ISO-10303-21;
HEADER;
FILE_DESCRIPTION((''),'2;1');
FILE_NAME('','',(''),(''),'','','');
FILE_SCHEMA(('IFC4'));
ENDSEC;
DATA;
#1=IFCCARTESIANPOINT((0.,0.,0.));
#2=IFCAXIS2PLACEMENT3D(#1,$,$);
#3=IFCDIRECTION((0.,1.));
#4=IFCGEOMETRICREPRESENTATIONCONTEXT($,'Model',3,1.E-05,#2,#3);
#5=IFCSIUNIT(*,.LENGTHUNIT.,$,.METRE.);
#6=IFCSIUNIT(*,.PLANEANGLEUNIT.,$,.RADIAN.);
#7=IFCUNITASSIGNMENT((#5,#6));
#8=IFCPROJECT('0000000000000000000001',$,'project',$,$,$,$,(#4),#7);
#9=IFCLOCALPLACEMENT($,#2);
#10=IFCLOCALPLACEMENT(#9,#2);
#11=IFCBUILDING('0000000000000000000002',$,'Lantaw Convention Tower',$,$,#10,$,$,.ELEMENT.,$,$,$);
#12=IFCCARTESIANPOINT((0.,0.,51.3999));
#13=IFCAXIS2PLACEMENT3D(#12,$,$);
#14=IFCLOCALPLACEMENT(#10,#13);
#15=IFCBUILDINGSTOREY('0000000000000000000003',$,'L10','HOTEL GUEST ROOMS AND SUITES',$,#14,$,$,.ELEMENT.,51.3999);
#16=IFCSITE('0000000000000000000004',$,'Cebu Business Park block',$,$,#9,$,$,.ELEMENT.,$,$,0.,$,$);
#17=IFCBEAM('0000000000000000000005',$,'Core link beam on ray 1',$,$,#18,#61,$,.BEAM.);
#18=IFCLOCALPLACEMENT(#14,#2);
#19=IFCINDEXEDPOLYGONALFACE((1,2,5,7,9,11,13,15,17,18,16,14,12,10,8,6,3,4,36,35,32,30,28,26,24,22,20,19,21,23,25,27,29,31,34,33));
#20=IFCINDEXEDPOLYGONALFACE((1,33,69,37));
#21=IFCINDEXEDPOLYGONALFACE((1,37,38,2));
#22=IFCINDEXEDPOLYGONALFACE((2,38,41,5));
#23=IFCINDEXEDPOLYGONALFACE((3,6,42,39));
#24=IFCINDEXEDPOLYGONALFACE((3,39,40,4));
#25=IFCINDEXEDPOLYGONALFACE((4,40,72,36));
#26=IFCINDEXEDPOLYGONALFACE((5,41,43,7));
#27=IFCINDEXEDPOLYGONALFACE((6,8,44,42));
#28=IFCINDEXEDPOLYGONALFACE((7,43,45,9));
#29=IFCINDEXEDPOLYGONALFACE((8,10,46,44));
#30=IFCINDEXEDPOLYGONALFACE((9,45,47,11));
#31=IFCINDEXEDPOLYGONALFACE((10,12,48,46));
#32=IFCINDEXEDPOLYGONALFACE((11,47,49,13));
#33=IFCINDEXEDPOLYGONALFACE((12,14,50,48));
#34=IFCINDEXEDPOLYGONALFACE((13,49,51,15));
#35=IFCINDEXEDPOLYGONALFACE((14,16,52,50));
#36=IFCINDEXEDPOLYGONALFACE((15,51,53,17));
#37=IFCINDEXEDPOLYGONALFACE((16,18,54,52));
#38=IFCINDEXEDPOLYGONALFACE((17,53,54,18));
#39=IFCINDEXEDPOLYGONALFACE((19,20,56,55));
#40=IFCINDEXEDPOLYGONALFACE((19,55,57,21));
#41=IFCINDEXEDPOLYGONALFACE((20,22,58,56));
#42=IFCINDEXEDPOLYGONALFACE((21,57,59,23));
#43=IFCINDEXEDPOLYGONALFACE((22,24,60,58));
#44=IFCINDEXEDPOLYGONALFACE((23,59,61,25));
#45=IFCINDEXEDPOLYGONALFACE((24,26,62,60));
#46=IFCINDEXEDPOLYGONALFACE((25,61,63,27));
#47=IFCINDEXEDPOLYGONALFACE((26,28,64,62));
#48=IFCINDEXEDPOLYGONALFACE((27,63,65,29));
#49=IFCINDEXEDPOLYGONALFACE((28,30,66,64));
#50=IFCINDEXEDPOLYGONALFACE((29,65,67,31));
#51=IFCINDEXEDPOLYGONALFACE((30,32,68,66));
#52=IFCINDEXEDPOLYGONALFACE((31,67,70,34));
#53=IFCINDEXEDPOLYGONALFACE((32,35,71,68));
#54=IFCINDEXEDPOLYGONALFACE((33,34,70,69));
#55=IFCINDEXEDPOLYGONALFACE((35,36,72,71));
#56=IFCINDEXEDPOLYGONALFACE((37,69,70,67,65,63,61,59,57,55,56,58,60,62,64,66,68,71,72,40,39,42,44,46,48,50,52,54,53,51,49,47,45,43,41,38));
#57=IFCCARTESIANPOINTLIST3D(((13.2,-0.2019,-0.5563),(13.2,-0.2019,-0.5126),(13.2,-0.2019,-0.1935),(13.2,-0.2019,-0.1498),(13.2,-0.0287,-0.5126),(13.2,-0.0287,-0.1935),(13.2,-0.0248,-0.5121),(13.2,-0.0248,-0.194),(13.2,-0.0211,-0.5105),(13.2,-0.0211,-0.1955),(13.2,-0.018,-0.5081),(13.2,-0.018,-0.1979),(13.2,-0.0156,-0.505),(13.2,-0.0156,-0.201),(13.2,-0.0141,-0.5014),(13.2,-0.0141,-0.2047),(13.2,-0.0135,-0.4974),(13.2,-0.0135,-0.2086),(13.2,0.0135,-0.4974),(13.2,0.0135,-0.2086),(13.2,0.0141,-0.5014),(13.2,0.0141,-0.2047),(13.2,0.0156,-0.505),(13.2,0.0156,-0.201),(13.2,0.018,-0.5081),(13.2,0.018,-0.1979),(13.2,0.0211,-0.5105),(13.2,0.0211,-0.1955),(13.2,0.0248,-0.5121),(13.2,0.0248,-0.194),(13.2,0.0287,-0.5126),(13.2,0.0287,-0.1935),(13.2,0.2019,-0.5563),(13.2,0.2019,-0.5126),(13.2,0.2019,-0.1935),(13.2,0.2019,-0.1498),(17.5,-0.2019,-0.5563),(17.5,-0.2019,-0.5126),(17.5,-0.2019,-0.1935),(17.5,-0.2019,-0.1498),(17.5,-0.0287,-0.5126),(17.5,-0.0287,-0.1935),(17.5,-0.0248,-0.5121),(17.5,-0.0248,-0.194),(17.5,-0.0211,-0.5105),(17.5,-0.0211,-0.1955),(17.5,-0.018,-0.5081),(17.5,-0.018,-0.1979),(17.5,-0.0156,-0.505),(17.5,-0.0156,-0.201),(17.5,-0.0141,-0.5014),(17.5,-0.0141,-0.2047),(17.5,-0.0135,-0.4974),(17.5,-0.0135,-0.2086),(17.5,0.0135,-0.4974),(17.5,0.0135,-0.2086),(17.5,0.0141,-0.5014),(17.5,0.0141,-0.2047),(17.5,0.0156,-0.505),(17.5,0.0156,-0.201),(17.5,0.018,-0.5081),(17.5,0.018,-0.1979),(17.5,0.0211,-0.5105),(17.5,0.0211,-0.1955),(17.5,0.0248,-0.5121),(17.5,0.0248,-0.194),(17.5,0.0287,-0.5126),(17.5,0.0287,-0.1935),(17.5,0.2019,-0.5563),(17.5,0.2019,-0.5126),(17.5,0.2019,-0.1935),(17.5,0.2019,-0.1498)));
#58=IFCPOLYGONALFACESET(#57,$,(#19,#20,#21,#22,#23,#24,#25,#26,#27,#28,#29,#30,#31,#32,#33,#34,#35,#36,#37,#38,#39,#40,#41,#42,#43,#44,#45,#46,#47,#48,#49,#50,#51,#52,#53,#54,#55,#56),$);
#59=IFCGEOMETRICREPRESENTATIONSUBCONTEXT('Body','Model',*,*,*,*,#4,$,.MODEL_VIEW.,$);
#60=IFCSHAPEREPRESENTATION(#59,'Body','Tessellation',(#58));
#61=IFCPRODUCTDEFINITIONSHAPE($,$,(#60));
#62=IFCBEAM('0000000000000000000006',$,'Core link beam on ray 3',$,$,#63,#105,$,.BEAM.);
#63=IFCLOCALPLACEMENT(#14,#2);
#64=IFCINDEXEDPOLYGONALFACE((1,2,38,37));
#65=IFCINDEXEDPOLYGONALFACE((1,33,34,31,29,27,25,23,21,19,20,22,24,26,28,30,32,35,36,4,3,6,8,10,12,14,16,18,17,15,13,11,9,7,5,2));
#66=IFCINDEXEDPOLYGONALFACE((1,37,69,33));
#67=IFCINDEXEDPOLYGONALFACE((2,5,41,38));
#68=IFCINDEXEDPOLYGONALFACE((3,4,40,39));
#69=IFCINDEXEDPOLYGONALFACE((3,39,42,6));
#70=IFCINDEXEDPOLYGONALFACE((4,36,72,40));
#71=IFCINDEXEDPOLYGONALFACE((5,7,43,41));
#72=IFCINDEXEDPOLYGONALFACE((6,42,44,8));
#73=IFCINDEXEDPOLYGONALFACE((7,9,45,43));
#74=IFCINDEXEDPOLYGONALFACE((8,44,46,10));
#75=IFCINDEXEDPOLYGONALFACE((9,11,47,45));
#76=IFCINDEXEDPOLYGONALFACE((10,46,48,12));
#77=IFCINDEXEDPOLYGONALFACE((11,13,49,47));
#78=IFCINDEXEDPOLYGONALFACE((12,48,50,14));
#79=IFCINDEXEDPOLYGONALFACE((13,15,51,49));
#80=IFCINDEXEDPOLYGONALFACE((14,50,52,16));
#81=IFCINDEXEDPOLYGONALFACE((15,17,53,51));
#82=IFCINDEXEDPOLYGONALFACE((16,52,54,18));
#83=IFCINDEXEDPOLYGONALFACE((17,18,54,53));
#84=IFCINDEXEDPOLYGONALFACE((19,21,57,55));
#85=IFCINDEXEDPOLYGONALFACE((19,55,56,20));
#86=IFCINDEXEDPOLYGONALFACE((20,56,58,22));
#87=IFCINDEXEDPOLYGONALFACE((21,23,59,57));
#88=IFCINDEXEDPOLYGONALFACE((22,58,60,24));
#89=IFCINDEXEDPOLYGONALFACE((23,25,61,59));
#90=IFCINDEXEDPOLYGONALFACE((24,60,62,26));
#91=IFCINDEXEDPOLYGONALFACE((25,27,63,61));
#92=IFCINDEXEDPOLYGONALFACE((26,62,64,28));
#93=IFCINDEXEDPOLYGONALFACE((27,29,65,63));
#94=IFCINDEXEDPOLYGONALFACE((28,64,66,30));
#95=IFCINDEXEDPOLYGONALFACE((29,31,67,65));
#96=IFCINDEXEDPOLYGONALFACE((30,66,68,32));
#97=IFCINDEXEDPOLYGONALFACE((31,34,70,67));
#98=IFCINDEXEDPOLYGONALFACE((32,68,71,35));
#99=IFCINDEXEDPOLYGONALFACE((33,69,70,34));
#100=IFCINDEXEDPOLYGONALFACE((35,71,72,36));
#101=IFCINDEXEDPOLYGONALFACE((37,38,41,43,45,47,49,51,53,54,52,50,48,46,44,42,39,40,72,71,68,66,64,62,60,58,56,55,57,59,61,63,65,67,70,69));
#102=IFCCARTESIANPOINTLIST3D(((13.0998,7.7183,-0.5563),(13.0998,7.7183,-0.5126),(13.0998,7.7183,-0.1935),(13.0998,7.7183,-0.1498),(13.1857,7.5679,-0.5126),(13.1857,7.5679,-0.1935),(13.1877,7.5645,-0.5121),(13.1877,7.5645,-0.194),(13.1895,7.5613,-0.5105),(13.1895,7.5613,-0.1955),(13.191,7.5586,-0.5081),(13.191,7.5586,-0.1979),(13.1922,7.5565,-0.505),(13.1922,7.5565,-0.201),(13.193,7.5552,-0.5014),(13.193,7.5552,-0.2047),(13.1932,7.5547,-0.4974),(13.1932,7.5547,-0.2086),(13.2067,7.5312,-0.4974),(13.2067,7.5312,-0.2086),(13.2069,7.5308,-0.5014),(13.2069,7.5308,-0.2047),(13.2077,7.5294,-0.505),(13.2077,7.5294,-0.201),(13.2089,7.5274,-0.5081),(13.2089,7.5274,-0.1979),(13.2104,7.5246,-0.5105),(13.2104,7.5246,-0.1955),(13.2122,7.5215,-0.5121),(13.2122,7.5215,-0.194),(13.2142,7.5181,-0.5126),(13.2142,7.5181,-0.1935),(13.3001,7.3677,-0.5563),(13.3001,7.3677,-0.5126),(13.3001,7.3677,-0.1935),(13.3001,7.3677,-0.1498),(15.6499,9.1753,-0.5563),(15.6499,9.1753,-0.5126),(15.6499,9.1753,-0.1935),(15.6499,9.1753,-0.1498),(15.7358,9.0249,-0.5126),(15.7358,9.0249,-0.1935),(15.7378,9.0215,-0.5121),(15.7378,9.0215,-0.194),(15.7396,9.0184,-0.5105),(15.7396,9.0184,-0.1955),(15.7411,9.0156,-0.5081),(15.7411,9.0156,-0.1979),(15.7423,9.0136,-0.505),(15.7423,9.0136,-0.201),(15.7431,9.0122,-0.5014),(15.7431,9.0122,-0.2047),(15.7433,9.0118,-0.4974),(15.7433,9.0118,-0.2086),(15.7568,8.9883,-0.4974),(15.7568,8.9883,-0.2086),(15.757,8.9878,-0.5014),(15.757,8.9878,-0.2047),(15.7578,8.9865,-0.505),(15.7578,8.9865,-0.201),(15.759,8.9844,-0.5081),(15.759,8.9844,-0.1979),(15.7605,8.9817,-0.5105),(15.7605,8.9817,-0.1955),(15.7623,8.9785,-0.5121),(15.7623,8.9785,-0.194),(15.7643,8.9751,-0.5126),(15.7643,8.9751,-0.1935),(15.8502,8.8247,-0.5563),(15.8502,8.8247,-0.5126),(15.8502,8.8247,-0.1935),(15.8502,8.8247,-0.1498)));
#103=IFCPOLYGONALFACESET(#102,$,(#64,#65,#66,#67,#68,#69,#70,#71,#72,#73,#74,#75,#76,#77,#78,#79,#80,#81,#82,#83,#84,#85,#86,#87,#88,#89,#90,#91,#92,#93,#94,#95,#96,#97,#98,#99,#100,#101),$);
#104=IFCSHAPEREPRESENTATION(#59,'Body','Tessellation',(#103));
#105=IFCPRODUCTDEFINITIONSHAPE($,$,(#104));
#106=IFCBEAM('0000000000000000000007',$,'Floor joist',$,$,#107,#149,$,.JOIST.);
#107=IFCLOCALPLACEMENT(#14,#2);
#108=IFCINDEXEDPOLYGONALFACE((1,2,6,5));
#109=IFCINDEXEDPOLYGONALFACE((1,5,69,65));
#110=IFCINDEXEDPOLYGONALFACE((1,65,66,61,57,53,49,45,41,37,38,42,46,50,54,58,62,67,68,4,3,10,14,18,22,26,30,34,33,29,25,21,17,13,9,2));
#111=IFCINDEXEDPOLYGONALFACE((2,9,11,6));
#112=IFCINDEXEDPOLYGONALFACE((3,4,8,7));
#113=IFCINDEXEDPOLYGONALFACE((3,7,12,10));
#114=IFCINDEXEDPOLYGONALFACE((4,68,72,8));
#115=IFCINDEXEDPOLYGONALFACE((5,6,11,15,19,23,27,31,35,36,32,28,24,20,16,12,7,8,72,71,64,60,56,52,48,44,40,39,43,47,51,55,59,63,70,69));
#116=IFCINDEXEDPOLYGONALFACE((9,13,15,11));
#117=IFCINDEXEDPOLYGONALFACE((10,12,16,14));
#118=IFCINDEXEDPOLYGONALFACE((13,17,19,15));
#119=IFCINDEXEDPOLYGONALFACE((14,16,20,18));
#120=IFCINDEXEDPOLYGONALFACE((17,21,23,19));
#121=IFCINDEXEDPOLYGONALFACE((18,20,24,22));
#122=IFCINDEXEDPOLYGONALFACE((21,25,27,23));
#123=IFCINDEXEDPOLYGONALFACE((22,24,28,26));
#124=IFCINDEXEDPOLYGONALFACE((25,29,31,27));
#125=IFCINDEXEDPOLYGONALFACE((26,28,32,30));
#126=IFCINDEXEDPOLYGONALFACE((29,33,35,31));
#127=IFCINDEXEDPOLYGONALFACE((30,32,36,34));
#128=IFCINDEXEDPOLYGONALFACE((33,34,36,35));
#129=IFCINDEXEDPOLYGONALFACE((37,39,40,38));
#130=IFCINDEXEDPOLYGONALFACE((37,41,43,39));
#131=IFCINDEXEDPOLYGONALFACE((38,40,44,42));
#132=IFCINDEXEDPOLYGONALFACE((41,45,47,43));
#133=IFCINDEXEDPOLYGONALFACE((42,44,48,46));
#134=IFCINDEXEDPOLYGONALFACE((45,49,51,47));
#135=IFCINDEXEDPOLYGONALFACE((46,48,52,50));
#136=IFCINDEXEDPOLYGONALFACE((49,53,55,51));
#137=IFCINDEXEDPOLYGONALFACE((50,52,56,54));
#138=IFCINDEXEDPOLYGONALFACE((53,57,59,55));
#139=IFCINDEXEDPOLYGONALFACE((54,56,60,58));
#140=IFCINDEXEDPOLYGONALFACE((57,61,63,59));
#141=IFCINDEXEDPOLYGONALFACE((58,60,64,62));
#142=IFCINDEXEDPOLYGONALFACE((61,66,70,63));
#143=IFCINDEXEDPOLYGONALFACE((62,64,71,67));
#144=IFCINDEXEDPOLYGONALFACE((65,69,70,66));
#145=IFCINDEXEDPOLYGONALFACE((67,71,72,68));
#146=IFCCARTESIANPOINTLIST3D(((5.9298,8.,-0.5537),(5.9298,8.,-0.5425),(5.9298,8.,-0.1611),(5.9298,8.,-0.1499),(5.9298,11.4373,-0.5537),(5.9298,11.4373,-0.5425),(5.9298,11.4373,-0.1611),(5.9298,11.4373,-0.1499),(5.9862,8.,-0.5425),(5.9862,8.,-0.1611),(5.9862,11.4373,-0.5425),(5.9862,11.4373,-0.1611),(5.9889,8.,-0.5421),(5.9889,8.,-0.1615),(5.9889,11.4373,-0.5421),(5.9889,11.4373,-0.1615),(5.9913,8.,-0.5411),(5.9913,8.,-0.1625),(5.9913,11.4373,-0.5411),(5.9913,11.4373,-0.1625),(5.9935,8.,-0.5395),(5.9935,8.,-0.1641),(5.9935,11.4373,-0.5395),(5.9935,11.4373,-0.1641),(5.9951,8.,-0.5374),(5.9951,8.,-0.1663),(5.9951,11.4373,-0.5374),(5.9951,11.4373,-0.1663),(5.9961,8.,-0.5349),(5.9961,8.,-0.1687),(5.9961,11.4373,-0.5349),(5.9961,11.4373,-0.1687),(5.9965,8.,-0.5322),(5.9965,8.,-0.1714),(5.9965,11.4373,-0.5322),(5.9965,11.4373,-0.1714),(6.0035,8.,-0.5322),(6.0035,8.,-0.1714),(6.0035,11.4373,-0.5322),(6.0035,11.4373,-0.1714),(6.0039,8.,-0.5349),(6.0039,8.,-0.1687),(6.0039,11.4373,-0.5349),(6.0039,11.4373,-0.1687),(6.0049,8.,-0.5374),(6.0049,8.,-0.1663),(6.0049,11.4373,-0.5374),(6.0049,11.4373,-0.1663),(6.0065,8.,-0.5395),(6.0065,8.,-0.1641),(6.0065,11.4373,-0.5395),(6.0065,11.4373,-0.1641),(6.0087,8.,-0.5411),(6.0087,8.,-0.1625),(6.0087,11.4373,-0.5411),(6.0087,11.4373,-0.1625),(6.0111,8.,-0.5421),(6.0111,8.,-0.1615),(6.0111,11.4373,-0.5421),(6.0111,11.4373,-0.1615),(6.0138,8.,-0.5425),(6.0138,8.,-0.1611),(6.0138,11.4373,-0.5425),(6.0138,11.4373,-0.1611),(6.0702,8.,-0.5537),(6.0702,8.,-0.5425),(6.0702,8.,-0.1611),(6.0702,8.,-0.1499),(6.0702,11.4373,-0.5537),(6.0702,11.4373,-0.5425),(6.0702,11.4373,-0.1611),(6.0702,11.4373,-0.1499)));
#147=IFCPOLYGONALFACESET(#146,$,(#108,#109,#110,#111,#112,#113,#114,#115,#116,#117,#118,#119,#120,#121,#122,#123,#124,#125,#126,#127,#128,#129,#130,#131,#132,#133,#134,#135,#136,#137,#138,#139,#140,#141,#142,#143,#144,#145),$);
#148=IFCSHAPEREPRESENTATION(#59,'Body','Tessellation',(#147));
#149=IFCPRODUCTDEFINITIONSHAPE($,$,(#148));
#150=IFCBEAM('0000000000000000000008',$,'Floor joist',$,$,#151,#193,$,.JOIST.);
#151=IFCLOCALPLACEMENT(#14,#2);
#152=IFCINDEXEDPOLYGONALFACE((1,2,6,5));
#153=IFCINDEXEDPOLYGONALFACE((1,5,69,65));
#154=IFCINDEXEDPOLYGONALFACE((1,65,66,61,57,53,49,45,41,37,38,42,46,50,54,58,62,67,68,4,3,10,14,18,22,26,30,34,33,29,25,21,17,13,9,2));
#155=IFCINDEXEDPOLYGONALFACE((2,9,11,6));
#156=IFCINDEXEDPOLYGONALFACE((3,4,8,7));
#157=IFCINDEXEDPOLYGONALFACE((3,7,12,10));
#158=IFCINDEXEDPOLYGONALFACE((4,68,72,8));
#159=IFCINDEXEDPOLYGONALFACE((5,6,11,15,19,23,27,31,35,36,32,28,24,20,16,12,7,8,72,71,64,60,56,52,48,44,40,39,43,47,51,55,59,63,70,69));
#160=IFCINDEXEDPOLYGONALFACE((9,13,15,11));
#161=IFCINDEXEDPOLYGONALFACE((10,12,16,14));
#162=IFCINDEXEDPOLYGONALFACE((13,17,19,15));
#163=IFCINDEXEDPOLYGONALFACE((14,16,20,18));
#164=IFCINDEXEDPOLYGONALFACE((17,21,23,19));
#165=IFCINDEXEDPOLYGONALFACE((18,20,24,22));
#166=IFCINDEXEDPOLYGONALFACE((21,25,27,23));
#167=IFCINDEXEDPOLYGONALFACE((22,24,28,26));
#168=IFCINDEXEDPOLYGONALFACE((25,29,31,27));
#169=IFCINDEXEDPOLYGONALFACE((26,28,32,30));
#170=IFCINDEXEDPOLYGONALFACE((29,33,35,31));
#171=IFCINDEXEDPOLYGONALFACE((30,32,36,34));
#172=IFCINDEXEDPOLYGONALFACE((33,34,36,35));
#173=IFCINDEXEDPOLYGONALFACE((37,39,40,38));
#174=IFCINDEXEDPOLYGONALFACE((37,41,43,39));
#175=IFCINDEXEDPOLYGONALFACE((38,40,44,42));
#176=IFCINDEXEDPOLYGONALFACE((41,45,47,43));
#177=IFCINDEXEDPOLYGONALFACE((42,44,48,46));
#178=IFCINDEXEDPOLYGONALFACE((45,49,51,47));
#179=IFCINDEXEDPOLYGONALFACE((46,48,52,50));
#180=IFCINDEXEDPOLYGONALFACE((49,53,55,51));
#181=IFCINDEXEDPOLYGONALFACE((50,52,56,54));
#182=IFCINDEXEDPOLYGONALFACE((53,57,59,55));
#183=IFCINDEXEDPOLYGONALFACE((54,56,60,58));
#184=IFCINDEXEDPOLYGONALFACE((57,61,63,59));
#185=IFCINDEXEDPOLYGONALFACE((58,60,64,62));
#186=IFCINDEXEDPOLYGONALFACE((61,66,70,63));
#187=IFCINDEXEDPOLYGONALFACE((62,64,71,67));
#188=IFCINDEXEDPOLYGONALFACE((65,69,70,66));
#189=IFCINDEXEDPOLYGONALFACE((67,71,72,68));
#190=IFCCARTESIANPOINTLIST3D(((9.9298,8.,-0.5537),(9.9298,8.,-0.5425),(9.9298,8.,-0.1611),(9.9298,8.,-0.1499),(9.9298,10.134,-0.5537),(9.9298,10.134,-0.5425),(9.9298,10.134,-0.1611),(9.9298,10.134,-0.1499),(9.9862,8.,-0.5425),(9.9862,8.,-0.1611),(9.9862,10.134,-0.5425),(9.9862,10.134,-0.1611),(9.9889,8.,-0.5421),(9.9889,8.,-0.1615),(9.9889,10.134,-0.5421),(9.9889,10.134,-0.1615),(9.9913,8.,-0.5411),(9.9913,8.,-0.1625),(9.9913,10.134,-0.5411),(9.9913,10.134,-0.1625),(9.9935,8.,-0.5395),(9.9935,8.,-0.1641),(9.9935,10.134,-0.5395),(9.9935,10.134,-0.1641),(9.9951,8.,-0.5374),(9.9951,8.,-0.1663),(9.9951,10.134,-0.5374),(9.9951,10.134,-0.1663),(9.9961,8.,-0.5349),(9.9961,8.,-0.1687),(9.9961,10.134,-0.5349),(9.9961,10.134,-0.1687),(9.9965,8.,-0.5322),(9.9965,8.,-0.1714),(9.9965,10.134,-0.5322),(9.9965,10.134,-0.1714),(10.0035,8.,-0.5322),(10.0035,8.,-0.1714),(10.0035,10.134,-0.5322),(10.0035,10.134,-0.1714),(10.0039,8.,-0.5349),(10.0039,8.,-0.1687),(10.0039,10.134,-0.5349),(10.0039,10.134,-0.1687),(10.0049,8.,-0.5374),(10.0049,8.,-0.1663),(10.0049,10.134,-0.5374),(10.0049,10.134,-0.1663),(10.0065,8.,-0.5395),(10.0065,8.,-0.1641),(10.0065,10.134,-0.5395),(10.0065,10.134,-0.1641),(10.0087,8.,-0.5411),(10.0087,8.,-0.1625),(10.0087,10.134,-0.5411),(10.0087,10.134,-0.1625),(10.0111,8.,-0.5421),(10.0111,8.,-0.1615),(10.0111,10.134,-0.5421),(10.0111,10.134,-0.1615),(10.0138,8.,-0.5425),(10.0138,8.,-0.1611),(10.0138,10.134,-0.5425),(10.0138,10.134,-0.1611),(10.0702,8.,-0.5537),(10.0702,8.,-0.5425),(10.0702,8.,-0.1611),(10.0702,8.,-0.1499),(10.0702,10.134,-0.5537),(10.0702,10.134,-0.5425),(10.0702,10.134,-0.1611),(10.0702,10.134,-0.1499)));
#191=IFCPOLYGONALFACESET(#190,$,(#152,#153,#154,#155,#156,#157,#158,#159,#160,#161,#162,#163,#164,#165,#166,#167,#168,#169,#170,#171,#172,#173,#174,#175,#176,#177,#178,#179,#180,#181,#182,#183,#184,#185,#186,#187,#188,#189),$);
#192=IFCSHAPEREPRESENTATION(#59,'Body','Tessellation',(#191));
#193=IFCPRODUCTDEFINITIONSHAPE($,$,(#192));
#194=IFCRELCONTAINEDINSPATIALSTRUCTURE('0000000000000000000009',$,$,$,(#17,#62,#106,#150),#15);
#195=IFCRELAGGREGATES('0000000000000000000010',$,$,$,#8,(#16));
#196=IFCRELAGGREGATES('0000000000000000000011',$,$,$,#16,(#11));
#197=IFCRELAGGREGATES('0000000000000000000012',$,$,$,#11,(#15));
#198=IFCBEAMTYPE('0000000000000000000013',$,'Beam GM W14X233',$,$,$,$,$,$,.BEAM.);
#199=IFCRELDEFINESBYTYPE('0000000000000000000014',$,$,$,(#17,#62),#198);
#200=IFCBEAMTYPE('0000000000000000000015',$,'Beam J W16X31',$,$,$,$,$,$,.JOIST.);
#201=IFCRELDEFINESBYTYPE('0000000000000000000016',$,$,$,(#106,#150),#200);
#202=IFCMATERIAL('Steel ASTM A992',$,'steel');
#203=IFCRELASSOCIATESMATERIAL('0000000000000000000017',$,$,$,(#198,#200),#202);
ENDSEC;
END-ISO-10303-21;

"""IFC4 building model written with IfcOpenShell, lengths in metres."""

from ifc_helpers import new_model, si_unit, direction, frame, origin, origin_2d, place, context, subcontext, project, spatial, i_section, extrude, material, material_profile, profile_set, type_object, element, save


model = new_model("IFC4")

# Units and contexts
model_context = context("Model", 3, precision=1e-05, world=origin(), true_north=direction((0.0, 1.0)))
body_context = subcontext(model_context, "Body", "Model", "MODEL_VIEW")
ifc_project = project(units=[si_unit("LENGTHUNIT", "METRE"), si_unit("PLANEANGLEUNIT", "RADIAN")], contexts=[model_context])

# Site, building, storey
site_placement = place(None, origin())
site = spatial("IfcSite", under=ifc_project, at=site_placement, Name="Cebu Business Park block", CompositionType="ELEMENT", RefElevation=0.0)
building_placement = place(site_placement, origin())
building = spatial("IfcBuilding", under=site, at=building_placement, Name="Lantaw Convention Tower", CompositionType="ELEMENT")
storey_placement = place(building_placement, frame((0.0, 0.0, 51.3999)))
storey = spatial("IfcBuildingStorey", under=building, at=storey_placement, Name="L10", Description="HOTEL GUEST ROOMS AND SUITES", CompositionType="ELEMENT", Elevation=51.3999)

# Beams
ifc_material_1 = material(Name="Steel ASTM A992", Category="steel")
ifc_material_profile_1 = material_profile(ifc_material_1, i_section(OverallWidth=0.4038, OverallDepth=0.4065, WebThickness=0.0271, FlangeThickness=0.0437, FilletRadius=0.0151, at=origin_2d()), Name="W14X233")
ifc_profile_set_1 = profile_set([ifc_material_profile_1], Name="Steel ASTM A992")
beam_type_1 = type_object("IfcBeamType", Name="Beam GM W14X233", PredefinedType="BEAM", material=ifc_profile_set_1)
beam_1_placement = place(storey_placement, frame((13.2, 0.0, -0.353), z_axis=(1.0, 0.0, 0.0), x_axis=(0.0, 1.0, 0.0)))
element("IfcBeam", 1, at=beam_1_placement, inside=storey, type_object=beam_type_1, Name="Core link beam on ray 1", PredefinedType="BEAM", context=body_context, shape_type="SweptSolid", body=[
    extrude(i_section(OverallWidth=0.4038, OverallDepth=0.4065, WebThickness=0.0271, FlangeThickness=0.0437, FilletRadius=0.0151, at=origin_2d()), origin(), (0.0, 0.0, 1.0), 4.3),
])
beam_2_placement = place(storey_placement, frame((13.2, 7.543, -0.353), z_axis=(0.868264, 0.496103, 0.0), x_axis=(-0.496103, 0.868264, 0.0)))
element("IfcBeam", 2, at=beam_2_placement, inside=storey, type_object=beam_type_1, Name="Core link beam on ray 3", PredefinedType="BEAM", context=body_context, shape_type="SweptSolid", body=[
    extrude(i_section(OverallWidth=0.4038, OverallDepth=0.4065, WebThickness=0.0271, FlangeThickness=0.0437, FilletRadius=0.0151, at=origin_2d()), origin(), (0.0, 0.0, 1.0), 2.937),
])
ifc_material_profile_2 = material_profile(ifc_material_1, i_section(OverallWidth=0.1404, OverallDepth=0.4038, WebThickness=0.0071, FlangeThickness=0.0112, FilletRadius=0.0103, at=origin_2d()), Name="W16X31")
ifc_profile_set_2 = profile_set([ifc_material_profile_2], Name="Steel ASTM A992")
beam_type_2 = type_object("IfcBeamType", Name="Beam J W16X31", PredefinedType="JOIST", material=ifc_profile_set_2)
beam_3_placement = place(storey_placement, frame((6.0, 8.0, -0.3518), z_axis=(0.0, 1.0, 0.0), x_axis=(-1.0, 0.0, 0.0)))
element("IfcBeam", 3, at=beam_3_placement, inside=storey, type_object=beam_type_2, Name="Floor joist", PredefinedType="JOIST", context=body_context, shape_type="SweptSolid", body=[
    extrude(i_section(OverallWidth=0.1404, OverallDepth=0.4038, WebThickness=0.0071, FlangeThickness=0.0112, FilletRadius=0.0103, at=origin_2d()), origin(), (0.0, 0.0, 1.0), 3.4373),
])
beam_4_placement = place(storey_placement, frame((10.0, 8.0, -0.3518), z_axis=(0.0, 1.0, 0.0), x_axis=(-1.0, 0.0, 0.0)))
element("IfcBeam", 4, at=beam_4_placement, inside=storey, type_object=beam_type_2, Name="Floor joist", PredefinedType="JOIST", context=body_context, shape_type="SweptSolid", body=[
    extrude(i_section(OverallWidth=0.1404, OverallDepth=0.4038, WebThickness=0.0071, FlangeThickness=0.0112, FilletRadius=0.0103, at=origin_2d()), origin(), (0.0, 0.0, 1.0), 2.134),
])

save(model, "model.ifc")
